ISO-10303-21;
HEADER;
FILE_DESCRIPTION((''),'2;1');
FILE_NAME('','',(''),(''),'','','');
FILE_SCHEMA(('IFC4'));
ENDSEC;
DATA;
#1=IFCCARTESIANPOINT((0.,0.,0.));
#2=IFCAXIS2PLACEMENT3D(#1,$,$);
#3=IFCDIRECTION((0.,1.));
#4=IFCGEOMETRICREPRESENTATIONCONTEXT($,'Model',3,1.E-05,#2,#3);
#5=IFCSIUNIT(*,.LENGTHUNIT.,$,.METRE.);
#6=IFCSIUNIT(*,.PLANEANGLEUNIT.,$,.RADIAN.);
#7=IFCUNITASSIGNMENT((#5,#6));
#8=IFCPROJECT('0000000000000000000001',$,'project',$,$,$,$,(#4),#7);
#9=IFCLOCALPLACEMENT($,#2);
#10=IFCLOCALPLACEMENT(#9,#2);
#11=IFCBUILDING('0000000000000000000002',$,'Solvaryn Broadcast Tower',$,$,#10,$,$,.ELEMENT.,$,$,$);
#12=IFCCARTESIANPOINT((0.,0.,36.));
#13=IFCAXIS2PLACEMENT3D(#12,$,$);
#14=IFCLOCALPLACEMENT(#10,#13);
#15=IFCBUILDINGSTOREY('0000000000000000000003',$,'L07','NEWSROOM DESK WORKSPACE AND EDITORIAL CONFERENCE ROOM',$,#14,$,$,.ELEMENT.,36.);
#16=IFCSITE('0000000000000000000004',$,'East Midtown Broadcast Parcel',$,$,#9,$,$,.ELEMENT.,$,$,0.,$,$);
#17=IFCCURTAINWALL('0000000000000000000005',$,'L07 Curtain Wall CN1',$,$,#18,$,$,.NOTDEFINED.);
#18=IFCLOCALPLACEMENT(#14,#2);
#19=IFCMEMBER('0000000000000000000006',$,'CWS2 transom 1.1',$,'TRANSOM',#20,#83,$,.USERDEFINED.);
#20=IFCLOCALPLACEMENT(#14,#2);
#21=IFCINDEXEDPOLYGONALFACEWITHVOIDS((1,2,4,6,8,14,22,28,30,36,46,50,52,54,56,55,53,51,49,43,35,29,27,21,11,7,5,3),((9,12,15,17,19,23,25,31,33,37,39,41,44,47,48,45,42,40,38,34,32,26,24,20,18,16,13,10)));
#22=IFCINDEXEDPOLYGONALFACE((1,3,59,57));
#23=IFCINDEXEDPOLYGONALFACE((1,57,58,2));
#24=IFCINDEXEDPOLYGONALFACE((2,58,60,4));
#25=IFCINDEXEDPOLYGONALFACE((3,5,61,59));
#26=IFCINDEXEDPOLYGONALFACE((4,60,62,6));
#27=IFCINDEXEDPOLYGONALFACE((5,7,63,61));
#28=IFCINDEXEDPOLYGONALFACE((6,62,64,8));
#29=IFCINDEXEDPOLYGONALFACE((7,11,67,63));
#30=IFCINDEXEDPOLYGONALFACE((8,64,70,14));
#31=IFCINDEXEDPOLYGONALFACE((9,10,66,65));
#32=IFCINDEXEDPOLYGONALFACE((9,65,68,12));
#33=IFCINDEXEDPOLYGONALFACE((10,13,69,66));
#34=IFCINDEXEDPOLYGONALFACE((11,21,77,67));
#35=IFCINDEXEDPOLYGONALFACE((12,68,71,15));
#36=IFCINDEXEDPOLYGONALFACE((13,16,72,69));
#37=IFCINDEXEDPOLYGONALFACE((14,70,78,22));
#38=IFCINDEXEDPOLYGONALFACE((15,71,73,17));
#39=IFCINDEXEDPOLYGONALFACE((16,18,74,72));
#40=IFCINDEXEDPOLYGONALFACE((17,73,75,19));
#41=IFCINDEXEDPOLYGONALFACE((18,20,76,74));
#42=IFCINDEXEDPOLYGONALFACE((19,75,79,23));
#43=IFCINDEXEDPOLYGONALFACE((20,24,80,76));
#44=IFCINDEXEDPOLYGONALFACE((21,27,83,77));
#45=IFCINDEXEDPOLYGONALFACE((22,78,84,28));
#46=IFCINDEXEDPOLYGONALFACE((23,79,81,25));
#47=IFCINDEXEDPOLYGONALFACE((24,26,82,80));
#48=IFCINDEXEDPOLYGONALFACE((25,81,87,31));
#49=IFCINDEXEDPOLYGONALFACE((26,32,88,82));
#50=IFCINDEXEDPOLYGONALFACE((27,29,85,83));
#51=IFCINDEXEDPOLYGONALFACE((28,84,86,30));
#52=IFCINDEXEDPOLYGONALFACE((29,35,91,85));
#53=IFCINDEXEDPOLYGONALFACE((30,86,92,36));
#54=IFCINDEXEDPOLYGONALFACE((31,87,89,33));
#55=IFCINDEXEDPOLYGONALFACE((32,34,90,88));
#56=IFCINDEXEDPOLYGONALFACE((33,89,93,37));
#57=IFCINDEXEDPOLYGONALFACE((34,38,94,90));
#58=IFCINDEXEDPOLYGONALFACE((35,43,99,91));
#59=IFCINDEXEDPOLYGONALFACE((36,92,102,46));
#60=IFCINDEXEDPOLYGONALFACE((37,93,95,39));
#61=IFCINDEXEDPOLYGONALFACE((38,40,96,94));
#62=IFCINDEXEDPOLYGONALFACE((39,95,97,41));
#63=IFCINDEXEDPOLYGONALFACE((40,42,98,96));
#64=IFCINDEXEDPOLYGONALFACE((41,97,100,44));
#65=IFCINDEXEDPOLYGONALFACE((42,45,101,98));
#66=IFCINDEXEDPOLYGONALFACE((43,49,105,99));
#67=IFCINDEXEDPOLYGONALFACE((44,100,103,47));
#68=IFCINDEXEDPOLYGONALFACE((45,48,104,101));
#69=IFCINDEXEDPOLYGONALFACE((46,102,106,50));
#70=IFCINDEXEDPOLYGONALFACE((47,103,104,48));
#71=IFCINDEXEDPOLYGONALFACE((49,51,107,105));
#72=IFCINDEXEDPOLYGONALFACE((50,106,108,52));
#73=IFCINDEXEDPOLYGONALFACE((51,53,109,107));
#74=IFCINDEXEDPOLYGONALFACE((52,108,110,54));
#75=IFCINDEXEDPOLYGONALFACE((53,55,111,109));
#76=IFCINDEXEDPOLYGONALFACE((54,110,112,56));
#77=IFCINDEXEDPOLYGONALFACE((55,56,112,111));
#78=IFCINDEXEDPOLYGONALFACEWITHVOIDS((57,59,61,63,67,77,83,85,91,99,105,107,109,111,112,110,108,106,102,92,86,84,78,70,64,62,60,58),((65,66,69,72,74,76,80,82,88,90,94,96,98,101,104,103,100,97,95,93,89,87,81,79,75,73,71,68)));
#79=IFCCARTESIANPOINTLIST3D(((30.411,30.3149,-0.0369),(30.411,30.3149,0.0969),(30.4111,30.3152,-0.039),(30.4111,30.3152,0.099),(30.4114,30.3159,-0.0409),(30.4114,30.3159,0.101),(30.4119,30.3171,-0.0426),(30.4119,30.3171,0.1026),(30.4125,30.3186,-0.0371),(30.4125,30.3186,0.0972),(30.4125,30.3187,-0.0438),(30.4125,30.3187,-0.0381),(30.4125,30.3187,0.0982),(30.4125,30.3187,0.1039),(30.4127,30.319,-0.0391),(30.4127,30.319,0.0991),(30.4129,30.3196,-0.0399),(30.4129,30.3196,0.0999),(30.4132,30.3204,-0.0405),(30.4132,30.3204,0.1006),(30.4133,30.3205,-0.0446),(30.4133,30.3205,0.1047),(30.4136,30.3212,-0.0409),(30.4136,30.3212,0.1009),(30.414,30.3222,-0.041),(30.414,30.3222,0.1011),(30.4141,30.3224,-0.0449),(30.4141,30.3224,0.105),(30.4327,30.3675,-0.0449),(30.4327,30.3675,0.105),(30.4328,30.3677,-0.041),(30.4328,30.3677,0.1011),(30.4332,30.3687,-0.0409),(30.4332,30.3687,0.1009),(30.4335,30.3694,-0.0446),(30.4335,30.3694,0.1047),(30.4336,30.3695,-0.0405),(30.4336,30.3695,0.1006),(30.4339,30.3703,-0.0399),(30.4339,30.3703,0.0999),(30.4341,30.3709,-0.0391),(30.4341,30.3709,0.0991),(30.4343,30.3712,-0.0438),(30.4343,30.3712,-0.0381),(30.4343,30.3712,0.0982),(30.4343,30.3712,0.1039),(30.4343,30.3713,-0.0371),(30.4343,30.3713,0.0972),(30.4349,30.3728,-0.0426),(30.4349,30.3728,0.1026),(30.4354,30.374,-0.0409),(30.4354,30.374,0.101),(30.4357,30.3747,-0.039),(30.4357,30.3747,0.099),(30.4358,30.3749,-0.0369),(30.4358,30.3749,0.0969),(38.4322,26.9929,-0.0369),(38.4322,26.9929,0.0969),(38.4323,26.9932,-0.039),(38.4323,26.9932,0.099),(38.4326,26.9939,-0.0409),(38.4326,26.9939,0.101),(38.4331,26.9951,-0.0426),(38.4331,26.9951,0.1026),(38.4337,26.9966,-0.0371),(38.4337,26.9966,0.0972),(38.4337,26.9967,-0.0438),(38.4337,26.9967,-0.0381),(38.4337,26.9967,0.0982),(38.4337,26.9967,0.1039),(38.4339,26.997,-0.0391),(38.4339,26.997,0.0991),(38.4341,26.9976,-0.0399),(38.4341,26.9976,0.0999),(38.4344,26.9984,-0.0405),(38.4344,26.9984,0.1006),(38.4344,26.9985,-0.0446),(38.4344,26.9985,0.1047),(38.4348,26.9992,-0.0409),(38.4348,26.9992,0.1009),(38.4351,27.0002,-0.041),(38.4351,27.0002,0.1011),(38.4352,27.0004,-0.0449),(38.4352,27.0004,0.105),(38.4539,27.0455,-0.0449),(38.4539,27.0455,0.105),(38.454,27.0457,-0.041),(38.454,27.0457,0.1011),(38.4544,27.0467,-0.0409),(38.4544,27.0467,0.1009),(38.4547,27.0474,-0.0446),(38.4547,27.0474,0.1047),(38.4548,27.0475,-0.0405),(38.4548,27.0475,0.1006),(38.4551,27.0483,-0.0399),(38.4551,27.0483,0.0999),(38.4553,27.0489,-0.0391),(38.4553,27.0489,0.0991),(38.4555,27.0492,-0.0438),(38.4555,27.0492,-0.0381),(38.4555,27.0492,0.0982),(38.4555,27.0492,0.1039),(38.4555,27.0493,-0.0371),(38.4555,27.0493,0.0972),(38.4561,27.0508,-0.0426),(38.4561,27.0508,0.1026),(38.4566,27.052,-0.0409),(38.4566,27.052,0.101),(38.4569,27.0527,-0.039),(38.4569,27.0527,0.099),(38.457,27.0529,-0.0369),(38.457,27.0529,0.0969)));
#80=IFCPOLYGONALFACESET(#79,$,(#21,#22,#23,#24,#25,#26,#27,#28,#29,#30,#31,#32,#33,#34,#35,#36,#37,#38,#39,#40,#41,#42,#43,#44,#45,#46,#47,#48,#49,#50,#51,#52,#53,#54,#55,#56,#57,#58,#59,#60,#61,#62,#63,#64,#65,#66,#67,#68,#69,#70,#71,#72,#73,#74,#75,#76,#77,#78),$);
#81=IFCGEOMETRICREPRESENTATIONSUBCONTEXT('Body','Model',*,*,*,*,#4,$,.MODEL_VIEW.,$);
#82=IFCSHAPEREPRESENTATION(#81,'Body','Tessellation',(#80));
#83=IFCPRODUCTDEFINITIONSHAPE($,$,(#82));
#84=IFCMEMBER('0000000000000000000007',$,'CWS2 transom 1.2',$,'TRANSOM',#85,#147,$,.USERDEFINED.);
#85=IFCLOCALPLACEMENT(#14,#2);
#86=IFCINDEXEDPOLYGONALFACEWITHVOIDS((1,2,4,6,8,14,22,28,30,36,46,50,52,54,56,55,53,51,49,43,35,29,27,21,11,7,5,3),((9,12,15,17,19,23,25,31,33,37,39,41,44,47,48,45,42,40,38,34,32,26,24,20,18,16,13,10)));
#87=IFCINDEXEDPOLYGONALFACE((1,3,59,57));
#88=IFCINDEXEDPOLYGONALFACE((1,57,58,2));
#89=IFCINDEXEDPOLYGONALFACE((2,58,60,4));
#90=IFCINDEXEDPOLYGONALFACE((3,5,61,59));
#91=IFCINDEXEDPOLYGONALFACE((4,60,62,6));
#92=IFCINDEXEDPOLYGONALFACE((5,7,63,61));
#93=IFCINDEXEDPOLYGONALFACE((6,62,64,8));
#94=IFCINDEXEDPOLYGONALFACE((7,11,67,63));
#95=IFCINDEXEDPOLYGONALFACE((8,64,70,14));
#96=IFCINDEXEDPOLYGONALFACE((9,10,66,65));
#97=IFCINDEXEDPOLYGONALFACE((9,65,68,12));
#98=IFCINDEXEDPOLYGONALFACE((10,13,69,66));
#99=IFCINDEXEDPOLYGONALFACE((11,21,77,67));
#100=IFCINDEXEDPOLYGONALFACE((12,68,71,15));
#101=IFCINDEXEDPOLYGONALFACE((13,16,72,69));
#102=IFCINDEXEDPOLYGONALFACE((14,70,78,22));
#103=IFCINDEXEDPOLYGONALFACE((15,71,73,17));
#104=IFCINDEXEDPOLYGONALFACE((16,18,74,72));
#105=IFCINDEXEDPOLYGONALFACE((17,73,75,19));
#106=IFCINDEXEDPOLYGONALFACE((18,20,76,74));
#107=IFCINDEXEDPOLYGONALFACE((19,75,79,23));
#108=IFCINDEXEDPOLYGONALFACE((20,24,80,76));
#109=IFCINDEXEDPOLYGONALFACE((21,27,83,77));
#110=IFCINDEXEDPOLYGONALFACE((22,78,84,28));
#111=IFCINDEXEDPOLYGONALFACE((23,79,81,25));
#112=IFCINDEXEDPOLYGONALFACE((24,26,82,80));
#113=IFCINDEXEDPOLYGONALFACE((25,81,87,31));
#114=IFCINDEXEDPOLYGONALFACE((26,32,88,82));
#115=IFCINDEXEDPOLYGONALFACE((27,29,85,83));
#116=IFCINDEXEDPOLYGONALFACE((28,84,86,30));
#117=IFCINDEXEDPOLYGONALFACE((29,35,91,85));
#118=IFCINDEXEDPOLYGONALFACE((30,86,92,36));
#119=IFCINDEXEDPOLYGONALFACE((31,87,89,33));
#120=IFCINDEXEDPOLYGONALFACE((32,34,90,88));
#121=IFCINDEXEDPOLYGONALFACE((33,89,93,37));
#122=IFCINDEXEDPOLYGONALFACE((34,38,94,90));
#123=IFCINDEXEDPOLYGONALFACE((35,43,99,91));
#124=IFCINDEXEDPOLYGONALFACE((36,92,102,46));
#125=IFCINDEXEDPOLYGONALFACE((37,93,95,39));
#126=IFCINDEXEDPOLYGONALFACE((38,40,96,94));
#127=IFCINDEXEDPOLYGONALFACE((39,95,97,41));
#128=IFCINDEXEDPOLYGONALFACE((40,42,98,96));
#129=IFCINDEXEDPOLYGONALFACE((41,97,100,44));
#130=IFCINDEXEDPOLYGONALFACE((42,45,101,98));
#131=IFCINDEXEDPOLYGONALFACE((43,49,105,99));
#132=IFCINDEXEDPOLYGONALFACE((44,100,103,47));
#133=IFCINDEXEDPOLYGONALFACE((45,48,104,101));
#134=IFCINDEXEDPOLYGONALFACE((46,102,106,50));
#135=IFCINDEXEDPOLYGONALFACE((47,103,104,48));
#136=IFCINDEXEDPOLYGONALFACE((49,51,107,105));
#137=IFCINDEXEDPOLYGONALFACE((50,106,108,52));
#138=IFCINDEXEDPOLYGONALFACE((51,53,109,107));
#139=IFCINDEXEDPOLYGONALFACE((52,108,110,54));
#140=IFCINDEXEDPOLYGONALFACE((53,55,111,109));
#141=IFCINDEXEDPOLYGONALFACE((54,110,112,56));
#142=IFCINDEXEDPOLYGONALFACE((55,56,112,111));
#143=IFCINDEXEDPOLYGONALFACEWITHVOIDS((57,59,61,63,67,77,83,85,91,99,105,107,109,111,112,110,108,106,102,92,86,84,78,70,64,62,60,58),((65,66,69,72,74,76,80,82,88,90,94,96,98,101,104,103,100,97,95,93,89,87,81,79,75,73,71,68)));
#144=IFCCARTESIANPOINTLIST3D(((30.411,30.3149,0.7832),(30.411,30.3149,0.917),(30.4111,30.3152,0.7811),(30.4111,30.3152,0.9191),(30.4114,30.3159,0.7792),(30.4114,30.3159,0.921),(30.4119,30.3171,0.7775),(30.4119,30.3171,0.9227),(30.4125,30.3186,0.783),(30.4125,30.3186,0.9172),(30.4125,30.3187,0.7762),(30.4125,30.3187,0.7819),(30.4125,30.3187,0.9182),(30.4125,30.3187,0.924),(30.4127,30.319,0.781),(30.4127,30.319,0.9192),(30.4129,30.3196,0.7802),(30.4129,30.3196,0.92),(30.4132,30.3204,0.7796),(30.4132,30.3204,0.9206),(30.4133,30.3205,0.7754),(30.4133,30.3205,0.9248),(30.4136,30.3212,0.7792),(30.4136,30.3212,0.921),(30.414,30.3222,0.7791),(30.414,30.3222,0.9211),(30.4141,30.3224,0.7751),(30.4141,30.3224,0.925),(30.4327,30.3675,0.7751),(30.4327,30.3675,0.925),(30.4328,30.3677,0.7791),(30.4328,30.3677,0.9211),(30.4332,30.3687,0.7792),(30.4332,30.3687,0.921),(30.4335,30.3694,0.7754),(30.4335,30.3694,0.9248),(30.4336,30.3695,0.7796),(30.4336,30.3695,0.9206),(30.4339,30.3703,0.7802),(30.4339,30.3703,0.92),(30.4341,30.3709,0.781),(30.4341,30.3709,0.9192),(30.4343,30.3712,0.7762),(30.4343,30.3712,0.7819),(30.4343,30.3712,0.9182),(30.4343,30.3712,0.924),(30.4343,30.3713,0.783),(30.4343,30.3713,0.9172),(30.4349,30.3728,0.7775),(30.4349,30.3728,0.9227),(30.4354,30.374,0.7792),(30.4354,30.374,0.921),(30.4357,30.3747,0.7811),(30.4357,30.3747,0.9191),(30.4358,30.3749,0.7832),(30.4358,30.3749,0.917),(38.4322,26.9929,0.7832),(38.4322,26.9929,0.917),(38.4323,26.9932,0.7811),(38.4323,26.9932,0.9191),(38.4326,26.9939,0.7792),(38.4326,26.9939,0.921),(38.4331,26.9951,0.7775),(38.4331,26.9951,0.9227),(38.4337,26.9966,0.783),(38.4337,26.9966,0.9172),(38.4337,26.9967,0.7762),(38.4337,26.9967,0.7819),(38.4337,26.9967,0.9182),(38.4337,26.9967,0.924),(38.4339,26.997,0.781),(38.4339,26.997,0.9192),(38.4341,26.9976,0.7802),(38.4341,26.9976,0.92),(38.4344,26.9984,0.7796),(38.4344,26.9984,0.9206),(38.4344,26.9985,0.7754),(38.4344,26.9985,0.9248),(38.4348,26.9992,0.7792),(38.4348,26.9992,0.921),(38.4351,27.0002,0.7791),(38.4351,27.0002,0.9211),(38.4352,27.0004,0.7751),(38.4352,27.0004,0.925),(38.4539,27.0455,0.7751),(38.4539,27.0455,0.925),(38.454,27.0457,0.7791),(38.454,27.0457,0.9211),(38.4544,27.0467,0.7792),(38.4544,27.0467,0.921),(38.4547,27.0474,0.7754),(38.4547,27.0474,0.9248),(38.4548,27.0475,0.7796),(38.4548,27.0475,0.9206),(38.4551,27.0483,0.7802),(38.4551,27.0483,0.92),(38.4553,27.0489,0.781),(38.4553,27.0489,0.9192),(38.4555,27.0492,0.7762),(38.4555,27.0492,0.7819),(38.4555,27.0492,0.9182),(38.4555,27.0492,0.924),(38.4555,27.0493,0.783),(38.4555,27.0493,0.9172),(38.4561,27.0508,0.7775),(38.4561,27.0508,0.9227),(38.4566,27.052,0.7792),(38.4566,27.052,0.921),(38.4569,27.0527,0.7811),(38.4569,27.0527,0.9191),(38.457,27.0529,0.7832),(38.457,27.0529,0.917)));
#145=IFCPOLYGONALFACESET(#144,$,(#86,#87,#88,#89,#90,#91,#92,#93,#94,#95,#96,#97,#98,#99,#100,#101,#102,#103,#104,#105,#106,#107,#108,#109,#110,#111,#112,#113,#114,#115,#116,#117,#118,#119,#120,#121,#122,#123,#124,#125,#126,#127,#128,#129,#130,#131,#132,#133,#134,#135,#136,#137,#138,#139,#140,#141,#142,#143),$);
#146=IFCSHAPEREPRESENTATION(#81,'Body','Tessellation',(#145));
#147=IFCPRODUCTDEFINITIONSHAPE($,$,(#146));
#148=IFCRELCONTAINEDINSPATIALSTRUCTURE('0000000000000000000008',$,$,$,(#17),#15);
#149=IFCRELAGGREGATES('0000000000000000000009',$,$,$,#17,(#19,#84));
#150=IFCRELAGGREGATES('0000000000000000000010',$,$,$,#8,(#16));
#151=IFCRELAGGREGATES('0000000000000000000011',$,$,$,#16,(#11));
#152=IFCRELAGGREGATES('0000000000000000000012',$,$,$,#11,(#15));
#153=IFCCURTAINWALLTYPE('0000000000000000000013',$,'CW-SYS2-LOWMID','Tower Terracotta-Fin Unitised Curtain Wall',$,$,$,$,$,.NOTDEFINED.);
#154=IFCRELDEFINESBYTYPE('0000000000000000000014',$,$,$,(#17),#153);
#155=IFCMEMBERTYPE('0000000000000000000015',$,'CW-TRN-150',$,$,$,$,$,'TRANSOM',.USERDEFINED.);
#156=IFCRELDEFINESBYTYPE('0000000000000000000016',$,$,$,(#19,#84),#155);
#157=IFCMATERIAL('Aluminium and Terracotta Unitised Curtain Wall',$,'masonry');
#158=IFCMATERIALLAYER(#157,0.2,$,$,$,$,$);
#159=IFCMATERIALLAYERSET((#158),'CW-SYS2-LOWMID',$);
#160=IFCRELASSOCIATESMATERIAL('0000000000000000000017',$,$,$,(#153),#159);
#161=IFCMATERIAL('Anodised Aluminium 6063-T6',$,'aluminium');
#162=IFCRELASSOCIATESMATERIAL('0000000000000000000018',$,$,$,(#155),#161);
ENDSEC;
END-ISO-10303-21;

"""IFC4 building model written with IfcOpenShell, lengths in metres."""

from ifc_helpers import new_model, si_unit, direction, frame, origin, origin_2d, place, context, subcontext, project, spatial, hollow_rectangle, extrude, material, layer, layer_set, material_profile, profile_set, type_object, element, aggregate, save


model = new_model("IFC4")

# Units and contexts
model_context = context("Model", 3, precision=1e-05, world=origin(), true_north=direction((0.0, 1.0)))
body_context = subcontext(model_context, "Body", "Model", "MODEL_VIEW")
ifc_project = project(units=[si_unit("LENGTHUNIT", "METRE"), si_unit("PLANEANGLEUNIT", "RADIAN")], contexts=[model_context])

# Site, building, storey
site_placement = place(None, origin())
site = spatial("IfcSite", under=ifc_project, at=site_placement, Name="East Midtown Broadcast Parcel", CompositionType="ELEMENT", RefElevation=0.0)
building_placement = place(site_placement, origin())
building = spatial("IfcBuilding", under=site, at=building_placement, Name="Solvaryn Broadcast Tower", CompositionType="ELEMENT")
storey_placement = place(building_placement, frame((0.0, 0.0, 36.0)))
storey = spatial("IfcBuildingStorey", under=building, at=storey_placement, Name="L07", Description="NEWSROOM DESK WORKSPACE AND EDITORIAL CONFERENCE ROOM", CompositionType="ELEMENT", Elevation=36.0)

# Curtain wall
ifc_material_1 = material(Name="Aluminium and Terracotta Unitised Curtain Wall", Category="masonry")
ifc_layer_1 = layer(ifc_material_1, 0.2)
ifc_layer_set_1 = layer_set([ifc_layer_1], Name="CW-SYS2-LOWMID")
curtain_wall_type = type_object("IfcCurtainWallType", Name="CW-SYS2-LOWMID", Description="Tower Terracotta-Fin Unitised Curtain Wall", PredefinedType="NOTDEFINED", material=ifc_layer_set_1)
curtain_wall_1_placement = place(storey_placement, origin())
curtain_wall_1 = element("IfcCurtainWall", 1, at=curtain_wall_1_placement, inside=storey, type_object=curtain_wall_type, Name="L07 Curtain Wall CN1", PredefinedType="NOTDEFINED")

# Members
ifc_material_2 = material(Name="Anodised Aluminium 6063-T6", Category="aluminium")
ifc_material_profile_1 = material_profile(ifc_material_2, hollow_rectangle(XDim=0.0649, YDim=0.1499, WallThickness=0.0039, InnerFilletRadius=0.0039, OuterFilletRadius=0.0081, at=origin_2d()))
ifc_profile_set_1 = profile_set([ifc_material_profile_1], Name="Anodised Aluminium 6063-T6")
member_type_1 = type_object("IfcMemberType", Name="CW-TRN-150", ElementType="TRANSOM", PredefinedType="USERDEFINED", material=ifc_profile_set_1)
member_1_placement = place(storey_placement, frame((38.4446, 27.0229, 0.03), z_axis=(-0.923899, 0.382636, 0.0), x_axis=(-0.382636, -0.923899, 0.0)))
member_1 = element("IfcMember", 2, at=member_1_placement, type_object=member_type_1, Name="CWS2 transom 1.1", ObjectType="TRANSOM", PredefinedType="USERDEFINED", context=body_context, shape_type="SweptSolid", body=[
    extrude(hollow_rectangle(XDim=0.0649, YDim=0.1499, WallThickness=0.0039, InnerFilletRadius=0.0039, OuterFilletRadius=0.0081, at=origin_2d()), origin(), (0.0, 0.0, 1.0), 8.6819),
])
member_2_placement = place(storey_placement, frame((38.4446, 27.0229, 0.8501), z_axis=(-0.923899, 0.382636, 0.0), x_axis=(-0.382636, -0.923899, 0.0)))
member_2 = element("IfcMember", 3, at=member_2_placement, type_object=member_type_1, Name="CWS2 transom 1.2", ObjectType="TRANSOM", PredefinedType="USERDEFINED", context=body_context, shape_type="SweptSolid", body=[
    extrude(hollow_rectangle(XDim=0.0649, YDim=0.1499, WallThickness=0.0039, InnerFilletRadius=0.0039, OuterFilletRadius=0.0081, at=origin_2d()), origin(), (0.0, 0.0, 1.0), 8.6819),
])
aggregate(curtain_wall_1, [member_1, member_2])

save(model, "model.ifc")
